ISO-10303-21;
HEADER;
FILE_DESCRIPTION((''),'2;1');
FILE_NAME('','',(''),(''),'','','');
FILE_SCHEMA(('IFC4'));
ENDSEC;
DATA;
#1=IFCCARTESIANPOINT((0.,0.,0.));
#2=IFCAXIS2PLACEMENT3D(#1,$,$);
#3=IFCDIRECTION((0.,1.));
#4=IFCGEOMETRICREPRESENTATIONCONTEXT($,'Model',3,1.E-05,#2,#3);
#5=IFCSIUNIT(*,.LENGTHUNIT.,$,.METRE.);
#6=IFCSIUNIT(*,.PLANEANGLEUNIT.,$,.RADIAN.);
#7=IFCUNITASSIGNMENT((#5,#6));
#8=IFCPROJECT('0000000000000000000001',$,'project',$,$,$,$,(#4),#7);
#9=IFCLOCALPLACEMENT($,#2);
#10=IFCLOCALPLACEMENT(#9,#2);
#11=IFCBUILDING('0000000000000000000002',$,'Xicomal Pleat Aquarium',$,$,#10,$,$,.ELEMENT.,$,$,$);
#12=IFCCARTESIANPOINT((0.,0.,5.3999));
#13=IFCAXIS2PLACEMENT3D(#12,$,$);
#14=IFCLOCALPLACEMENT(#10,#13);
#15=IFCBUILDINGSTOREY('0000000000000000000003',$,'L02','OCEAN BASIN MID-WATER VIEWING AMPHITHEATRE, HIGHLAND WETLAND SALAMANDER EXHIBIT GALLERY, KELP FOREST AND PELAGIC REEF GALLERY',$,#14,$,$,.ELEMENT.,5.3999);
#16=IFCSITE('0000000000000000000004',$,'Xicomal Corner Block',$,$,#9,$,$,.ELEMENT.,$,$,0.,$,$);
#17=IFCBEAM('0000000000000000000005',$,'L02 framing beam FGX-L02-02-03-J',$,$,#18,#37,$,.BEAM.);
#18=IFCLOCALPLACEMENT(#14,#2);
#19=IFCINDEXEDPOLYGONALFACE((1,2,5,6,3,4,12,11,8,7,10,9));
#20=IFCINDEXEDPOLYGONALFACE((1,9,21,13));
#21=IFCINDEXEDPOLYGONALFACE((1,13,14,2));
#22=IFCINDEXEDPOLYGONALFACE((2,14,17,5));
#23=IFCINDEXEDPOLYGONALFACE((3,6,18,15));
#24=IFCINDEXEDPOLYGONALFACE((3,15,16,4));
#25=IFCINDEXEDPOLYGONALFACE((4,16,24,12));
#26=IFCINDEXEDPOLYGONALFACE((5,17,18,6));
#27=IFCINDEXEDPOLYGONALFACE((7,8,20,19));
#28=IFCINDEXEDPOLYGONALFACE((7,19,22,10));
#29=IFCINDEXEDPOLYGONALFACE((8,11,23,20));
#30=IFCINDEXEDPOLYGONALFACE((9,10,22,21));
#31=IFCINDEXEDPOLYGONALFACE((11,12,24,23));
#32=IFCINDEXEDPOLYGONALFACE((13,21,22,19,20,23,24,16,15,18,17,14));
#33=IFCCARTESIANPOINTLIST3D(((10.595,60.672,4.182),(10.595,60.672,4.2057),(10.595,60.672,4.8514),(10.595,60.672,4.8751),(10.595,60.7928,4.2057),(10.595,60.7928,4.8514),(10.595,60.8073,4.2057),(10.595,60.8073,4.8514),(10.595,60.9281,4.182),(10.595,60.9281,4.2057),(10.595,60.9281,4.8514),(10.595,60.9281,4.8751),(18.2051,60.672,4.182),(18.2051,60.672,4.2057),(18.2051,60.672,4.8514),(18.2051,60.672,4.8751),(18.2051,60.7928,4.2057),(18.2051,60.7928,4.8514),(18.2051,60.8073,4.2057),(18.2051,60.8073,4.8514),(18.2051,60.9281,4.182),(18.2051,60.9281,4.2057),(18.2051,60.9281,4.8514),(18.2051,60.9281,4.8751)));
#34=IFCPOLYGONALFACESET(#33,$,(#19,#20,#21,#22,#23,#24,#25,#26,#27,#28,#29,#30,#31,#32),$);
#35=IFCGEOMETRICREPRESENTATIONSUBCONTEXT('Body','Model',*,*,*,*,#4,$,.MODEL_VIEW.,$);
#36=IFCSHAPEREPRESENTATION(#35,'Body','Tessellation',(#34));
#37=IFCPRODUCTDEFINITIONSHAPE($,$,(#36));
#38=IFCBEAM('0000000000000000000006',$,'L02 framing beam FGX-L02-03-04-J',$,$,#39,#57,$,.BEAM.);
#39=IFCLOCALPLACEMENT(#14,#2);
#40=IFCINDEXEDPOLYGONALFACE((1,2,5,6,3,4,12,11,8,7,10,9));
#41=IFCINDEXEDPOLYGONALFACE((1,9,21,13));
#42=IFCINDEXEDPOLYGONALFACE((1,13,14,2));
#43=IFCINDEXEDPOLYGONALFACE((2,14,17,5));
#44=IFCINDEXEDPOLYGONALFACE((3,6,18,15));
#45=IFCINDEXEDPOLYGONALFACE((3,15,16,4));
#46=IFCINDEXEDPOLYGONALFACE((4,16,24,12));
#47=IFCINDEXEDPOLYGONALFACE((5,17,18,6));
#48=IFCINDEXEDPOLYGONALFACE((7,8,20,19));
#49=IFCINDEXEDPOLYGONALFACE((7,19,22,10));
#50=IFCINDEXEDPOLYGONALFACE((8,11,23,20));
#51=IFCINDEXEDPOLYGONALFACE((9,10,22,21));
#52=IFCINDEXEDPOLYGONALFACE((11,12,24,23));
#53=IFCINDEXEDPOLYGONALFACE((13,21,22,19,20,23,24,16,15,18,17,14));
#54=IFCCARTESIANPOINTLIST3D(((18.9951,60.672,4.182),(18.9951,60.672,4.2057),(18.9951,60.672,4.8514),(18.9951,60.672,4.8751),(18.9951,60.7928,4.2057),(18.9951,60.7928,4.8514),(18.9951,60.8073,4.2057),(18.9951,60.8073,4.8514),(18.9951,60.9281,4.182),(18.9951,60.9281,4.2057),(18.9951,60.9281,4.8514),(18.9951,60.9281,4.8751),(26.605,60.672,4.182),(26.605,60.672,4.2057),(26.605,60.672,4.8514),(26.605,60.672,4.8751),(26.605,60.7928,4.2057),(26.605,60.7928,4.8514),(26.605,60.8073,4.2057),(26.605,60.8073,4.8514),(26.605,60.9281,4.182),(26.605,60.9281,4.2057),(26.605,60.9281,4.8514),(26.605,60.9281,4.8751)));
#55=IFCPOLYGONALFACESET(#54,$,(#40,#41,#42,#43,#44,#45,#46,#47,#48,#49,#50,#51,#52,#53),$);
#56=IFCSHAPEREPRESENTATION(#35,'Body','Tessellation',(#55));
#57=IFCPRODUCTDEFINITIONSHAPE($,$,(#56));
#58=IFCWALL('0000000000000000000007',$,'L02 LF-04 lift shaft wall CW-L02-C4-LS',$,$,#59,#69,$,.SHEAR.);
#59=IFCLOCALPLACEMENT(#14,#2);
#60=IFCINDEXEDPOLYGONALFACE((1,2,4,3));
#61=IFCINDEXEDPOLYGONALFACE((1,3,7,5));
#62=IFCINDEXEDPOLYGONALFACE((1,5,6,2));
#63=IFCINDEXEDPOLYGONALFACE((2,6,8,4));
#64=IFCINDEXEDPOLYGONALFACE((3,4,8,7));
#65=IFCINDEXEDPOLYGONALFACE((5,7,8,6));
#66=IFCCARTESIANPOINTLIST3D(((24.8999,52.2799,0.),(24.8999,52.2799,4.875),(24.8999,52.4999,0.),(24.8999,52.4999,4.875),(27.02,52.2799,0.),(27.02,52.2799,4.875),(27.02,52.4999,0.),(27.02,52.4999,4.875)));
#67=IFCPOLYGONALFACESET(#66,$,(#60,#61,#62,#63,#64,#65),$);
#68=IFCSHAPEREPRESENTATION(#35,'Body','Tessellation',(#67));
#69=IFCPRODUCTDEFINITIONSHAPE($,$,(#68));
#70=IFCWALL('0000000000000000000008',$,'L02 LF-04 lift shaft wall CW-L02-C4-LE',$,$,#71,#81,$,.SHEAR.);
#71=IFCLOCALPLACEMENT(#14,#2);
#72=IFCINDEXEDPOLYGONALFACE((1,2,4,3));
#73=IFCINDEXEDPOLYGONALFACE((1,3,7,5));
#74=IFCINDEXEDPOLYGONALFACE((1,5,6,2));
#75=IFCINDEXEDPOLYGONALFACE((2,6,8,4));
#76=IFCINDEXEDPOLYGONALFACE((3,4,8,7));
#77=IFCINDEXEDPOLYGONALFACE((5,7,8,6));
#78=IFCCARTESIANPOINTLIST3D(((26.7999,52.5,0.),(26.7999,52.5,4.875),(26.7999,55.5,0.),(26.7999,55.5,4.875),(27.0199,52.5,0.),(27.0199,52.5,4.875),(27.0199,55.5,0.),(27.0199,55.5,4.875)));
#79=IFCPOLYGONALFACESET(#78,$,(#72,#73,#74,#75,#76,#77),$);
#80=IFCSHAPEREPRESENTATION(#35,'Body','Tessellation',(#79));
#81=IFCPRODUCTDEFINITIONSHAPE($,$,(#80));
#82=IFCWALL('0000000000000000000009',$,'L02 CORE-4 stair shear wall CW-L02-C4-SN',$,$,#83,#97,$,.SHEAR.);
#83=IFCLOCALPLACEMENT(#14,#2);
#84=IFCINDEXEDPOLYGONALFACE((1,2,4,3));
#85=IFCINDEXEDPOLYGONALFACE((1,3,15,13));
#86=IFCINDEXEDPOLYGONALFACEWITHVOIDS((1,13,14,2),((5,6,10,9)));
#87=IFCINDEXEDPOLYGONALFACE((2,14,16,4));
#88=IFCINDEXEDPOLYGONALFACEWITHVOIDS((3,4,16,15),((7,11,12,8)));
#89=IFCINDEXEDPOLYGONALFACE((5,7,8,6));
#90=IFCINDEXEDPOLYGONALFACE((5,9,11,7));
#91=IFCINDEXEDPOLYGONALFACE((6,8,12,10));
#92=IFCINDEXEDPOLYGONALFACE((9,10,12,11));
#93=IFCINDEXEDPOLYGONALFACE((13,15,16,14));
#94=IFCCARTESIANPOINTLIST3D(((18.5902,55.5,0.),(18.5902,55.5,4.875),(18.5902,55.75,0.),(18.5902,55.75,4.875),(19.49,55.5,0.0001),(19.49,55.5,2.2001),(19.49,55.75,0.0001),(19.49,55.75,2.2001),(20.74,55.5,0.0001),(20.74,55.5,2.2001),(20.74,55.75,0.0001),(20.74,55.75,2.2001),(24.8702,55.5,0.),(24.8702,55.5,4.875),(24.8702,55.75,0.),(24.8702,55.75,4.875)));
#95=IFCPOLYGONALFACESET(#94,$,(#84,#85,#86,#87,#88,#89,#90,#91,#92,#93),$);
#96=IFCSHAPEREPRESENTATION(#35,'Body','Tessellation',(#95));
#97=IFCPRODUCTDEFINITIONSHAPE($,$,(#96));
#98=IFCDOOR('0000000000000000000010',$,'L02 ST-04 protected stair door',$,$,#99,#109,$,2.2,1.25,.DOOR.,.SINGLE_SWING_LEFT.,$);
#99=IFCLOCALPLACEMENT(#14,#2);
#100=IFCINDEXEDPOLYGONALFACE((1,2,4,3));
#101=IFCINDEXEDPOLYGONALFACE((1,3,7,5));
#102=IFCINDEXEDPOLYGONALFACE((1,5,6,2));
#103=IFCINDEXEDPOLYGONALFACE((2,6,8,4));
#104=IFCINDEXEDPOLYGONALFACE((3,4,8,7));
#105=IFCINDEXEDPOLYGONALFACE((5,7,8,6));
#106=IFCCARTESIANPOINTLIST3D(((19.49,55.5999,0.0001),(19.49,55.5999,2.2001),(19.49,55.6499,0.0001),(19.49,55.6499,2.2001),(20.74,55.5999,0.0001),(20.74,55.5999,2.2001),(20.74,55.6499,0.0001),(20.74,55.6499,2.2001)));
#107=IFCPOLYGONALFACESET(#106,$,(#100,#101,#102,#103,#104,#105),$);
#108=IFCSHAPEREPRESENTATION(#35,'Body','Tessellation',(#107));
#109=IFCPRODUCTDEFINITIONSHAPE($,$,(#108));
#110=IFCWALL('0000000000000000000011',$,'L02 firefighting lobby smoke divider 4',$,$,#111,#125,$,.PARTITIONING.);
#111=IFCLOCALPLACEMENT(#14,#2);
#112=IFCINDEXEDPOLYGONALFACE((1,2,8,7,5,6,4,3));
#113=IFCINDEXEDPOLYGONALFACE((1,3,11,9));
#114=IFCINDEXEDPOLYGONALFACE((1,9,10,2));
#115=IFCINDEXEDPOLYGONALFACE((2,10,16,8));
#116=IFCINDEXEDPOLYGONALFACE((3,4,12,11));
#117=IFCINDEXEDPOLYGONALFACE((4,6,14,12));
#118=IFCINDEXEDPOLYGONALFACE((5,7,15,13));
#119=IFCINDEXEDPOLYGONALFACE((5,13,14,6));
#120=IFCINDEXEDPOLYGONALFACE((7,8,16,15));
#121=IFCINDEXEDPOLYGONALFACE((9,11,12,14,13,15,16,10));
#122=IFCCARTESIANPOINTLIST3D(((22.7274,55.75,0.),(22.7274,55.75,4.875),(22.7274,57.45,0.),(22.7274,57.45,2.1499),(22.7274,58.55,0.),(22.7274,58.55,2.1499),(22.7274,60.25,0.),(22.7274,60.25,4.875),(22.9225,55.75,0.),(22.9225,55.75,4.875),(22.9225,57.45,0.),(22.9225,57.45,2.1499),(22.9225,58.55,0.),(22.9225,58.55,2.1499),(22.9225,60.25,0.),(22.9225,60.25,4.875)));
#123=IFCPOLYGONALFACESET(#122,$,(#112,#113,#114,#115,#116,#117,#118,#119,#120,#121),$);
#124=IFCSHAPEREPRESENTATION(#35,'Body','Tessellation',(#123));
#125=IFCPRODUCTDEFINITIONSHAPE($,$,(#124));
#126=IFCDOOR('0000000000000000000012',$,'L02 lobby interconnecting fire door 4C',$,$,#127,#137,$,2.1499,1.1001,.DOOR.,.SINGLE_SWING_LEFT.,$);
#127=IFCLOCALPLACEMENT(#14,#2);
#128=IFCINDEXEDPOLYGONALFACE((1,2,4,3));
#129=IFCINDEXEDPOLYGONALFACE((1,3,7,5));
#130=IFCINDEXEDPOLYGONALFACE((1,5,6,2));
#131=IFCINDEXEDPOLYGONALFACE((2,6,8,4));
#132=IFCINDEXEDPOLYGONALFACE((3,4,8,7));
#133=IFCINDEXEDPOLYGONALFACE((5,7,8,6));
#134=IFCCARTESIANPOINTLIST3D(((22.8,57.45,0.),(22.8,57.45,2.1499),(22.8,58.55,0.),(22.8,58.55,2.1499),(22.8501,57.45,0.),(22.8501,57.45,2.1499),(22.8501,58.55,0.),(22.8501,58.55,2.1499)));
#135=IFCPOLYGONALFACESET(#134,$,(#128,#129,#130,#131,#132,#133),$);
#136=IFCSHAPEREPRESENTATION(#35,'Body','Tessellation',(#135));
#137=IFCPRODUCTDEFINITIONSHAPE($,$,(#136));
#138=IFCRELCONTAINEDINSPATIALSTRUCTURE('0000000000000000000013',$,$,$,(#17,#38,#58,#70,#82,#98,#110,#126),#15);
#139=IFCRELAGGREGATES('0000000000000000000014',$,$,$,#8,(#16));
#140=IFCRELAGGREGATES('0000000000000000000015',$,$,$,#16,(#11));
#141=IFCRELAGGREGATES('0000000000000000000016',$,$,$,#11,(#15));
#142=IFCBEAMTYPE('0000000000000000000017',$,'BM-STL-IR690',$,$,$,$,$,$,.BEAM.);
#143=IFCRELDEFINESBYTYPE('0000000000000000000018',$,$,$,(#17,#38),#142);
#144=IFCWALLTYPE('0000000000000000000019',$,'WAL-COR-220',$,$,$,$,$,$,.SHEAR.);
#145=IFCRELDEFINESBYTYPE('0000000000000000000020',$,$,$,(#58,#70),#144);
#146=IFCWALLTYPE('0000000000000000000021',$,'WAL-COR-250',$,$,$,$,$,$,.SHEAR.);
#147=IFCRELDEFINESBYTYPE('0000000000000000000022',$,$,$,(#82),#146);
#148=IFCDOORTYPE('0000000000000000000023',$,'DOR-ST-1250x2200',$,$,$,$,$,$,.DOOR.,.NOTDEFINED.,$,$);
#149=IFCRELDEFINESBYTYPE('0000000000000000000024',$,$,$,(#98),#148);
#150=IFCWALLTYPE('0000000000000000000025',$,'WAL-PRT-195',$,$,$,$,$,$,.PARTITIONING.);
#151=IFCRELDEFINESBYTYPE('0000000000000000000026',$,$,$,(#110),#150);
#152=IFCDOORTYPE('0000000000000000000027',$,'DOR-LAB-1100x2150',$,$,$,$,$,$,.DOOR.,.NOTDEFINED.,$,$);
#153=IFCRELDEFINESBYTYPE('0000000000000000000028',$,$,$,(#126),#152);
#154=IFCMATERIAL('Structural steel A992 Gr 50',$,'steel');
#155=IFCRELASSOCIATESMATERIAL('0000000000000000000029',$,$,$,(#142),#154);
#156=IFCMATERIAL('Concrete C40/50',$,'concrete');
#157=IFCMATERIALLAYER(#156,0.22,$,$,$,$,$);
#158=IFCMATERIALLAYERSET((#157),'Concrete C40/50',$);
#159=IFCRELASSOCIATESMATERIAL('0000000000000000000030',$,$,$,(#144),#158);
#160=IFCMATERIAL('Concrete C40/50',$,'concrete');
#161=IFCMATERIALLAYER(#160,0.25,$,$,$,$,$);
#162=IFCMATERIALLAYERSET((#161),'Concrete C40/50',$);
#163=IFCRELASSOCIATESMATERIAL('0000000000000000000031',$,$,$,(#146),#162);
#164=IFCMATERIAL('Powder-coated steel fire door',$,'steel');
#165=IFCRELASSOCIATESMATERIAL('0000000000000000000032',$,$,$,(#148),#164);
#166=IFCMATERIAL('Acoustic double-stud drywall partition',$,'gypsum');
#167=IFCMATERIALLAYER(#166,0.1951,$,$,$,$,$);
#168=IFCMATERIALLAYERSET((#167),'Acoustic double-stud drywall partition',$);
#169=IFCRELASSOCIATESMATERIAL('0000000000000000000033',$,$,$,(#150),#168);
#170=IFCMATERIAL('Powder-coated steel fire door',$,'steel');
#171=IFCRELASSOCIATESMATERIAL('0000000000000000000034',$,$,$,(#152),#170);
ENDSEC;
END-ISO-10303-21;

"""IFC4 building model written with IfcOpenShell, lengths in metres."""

from ifc_helpers import new_model, si_unit, direction, frame, frame_2d, origin, origin_2d, place, context, subcontext, project, spatial, rectangle, i_section, extrude, material, layer, layer_set, material_profile, profile_set, type_object, element, fill, save


model = new_model("IFC4")

# Units and contexts
model_context = context("Model", 3, precision=1e-05, world=origin(), true_north=direction((0.0, 1.0)))
body_context = subcontext(model_context, "Body", "Model", "MODEL_VIEW")
ifc_project = project(units=[si_unit("LENGTHUNIT", "METRE"), si_unit("PLANEANGLEUNIT", "RADIAN")], contexts=[model_context])

# Site, building, storey
site_placement = place(None, origin())
site = spatial("IfcSite", under=ifc_project, at=site_placement, Name="Xicomal Corner Block", CompositionType="ELEMENT", RefElevation=0.0)
building_placement = place(site_placement, origin())
building = spatial("IfcBuilding", under=site, at=building_placement, Name="Xicomal Pleat Aquarium", CompositionType="ELEMENT")
storey_placement = place(building_placement, frame((0.0, 0.0, 5.3999)))
storey = spatial("IfcBuildingStorey", under=building, at=storey_placement, Name="L02", Description="OCEAN BASIN MID-WATER VIEWING AMPHITHEATRE, HIGHLAND WETLAND SALAMANDER EXHIBIT GALLERY, KELP FOREST AND PELAGIC REEF GALLERY", CompositionType="ELEMENT", Elevation=5.3999)

# Beams
ifc_material_1 = material(Name="Structural steel A992 Gr 50", Category="steel")
ifc_material_profile_1 = material_profile(ifc_material_1, i_section(OverallWidth=0.2561, OverallDepth=0.6931, WebThickness=0.0144, FlangeThickness=0.0237, at=origin_2d()), Name="IR 690x170")
ifc_profile_set_1 = profile_set([ifc_material_profile_1], Name="Structural steel A992 Gr 50")
beam_type_1 = type_object("IfcBeamType", Name="BM-STL-IR690", PredefinedType="BEAM", material=ifc_profile_set_1)
beam_1_placement = place(storey_placement, frame((10.595, 60.8, 4.5286), z_axis=(1.0, 0.0, 0.0), x_axis=(0.0, 1.0, 0.0)))
element("IfcBeam", 1, at=beam_1_placement, inside=storey, type_object=beam_type_1, Name="L02 framing beam FGX-L02-02-03-J", PredefinedType="BEAM", context=body_context, shape_type="SweptSolid", body=[
    extrude(i_section(OverallWidth=0.2561, OverallDepth=0.6931, WebThickness=0.0144, FlangeThickness=0.0237, at=origin_2d()), origin(), (0.0, 0.0, 1.0), 7.6101),
])
beam_2_placement = place(storey_placement, frame((18.9951, 60.8, 4.5286), z_axis=(1.0, 0.0, 0.0), x_axis=(0.0, 1.0, 0.0)))
element("IfcBeam", 2, at=beam_2_placement, inside=storey, type_object=beam_type_1, Name="L02 framing beam FGX-L02-03-04-J", PredefinedType="BEAM", context=body_context, shape_type="SweptSolid", body=[
    extrude(i_section(OverallWidth=0.2561, OverallDepth=0.6931, WebThickness=0.0144, FlangeThickness=0.0237, at=origin_2d()), origin(), (0.0, 0.0, 1.0), 7.6099),
])

# Wall
ifc_material_2 = material(Name="Concrete C40/50", Category="concrete")
ifc_layer_1 = layer(ifc_material_2, 0.22)
ifc_layer_set_1 = layer_set([ifc_layer_1], Name="Concrete C40/50")
wall_type_1 = type_object("IfcWallType", Name="WAL-COR-220", PredefinedType="SHEAR", material=ifc_layer_set_1)
wall_1_placement = place(storey_placement, frame((24.8999, 52.3899, 0.0), z_axis=(0.0, 0.0, 1.0), x_axis=(1.0, 0.0, 0.0)))
element("IfcWall", 3, at=wall_1_placement, inside=storey, type_object=wall_type_1, Name="L02 LF-04 lift shaft wall CW-L02-C4-LS", PredefinedType="SHEAR", context=body_context, shape_type="SweptSolid", body=[
    extrude(rectangle(XDim=2.1201, YDim=0.22, at=frame_2d((1.0601, 0.0))), origin(), (0.0, 0.0, 1.0), 4.875),
])

# Wall
wall_2_placement = place(storey_placement, frame((26.9099, 52.5, 0.0), z_axis=(0.0, 0.0, 1.0), x_axis=(0.0, 1.0, 0.0)))
element("IfcWall", 4, at=wall_2_placement, inside=storey, type_object=wall_type_1, Name="L02 LF-04 lift shaft wall CW-L02-C4-LE", PredefinedType="SHEAR", context=body_context, shape_type="SweptSolid", body=[
    extrude(rectangle(XDim=3.0, YDim=0.22, at=frame_2d((1.5, 0.0))), origin(), (0.0, 0.0, 1.0), 4.875),
])

# Walls, openings, doors
ifc_material_3 = material(Name="Concrete C40/50", Category="concrete")
ifc_layer_2 = layer(ifc_material_3, 0.25)
ifc_layer_set_2 = layer_set([ifc_layer_2], Name="Concrete C40/50")
wall_type_2 = type_object("IfcWallType", Name="WAL-COR-250", PredefinedType="SHEAR", material=ifc_layer_set_2)
wall_3_placement = place(storey_placement, frame((18.5901, 55.625, 0.0), z_axis=(0.0, 0.0, 1.0), x_axis=(1.0, 0.0, 0.0)))
wall_3 = element("IfcWall", 5, at=wall_3_placement, inside=storey, type_object=wall_type_2, Name="L02 CORE-4 stair shear wall CW-L02-C4-SN", PredefinedType="SHEAR", context=body_context, shape_type="SweptSolid", body=[
    extrude(rectangle(XDim=6.28, YDim=0.25, at=frame_2d((3.1401, 0.0))), origin(), (0.0, 0.0, 1.0), 4.875),
])
opening_1_placement = place(wall_3_placement, frame((0.8999, 0.0, 0.0)))
opening_1 = element("IfcOpeningElement", 6, at=opening_1_placement, cuts=wall_3, PredefinedType="OPENING", context=body_context, shape_type="SweptSolid", body=[
    extrude(rectangle(XDim=1.25, YDim=2.2, at=frame_2d((0.625, 1.1001))), frame((0.0, 0.135, 0.0), z_axis=(0.0, -1.0, 0.0), x_axis=(1.0, 0.0, 0.0)), (0.0, 0.0, 1.0), 0.27),
])
ifc_material_4 = material(Name="Powder-coated steel fire door", Category="steel")
door_type_1 = type_object("IfcDoorType", Name="DOR-ST-1250x2200", OperationType="NOTDEFINED", PredefinedType="DOOR", material=ifc_material_4)
door_1_placement = place(opening_1_placement, origin())
door_1 = element("IfcDoor", 7, at=door_1_placement, inside=storey, type_object=door_type_1, Name="L02 ST-04 protected stair door", OperationType="SINGLE_SWING_LEFT", OverallHeight=2.2, OverallWidth=1.25, PredefinedType="DOOR", context=body_context, shape_type="SweptSolid", body=[
    extrude(rectangle(XDim=1.25, YDim=2.2, at=frame_2d((0.625, 1.1001))), frame((0.0, 0.0249, 0.0), z_axis=(0.0, -1.0, 0.0), x_axis=(1.0, 0.0, 0.0)), (0.0, 0.0, 1.0), 0.05),
])
fill(opening_1, door_1)
ifc_material_5 = material(Name="Acoustic double-stud drywall partition", Category="gypsum")
ifc_layer_3 = layer(ifc_material_5, 0.1951)
ifc_layer_set_3 = layer_set([ifc_layer_3], Name="Acoustic double-stud drywall partition")
wall_type_3 = type_object("IfcWallType", Name="WAL-PRT-195", PredefinedType="PARTITIONING", material=ifc_layer_set_3)
wall_4_placement = place(storey_placement, frame((22.825, 55.75, 0.0), z_axis=(0.0, 0.0, 1.0), x_axis=(0.0, 1.0, 0.0)))
wall_4 = element("IfcWall", 8, at=wall_4_placement, inside=storey, type_object=wall_type_3, Name="L02 firefighting lobby smoke divider 4", PredefinedType="PARTITIONING", context=body_context, shape_type="SweptSolid", body=[
    extrude(rectangle(XDim=4.5, YDim=0.1951, at=frame_2d((2.25, 0.0))), origin(), (0.0, 0.0, 1.0), 4.875),
])
opening_2_placement = place(wall_4_placement, frame((1.7, 0.0, 0.0)))
opening_2 = element("IfcOpeningElement", 9, at=opening_2_placement, cuts=wall_4, PredefinedType="OPENING", context=body_context, shape_type="SweptSolid", body=[
    extrude(rectangle(XDim=1.1001, YDim=2.1499, at=frame_2d((0.55, 1.075))), frame((0.0, 0.1074, 0.0), z_axis=(0.0, -1.0, 0.0), x_axis=(1.0, 0.0, 0.0)), (0.0, 0.0, 1.0), 0.2151),
])
ifc_material_6 = material(Name="Powder-coated steel fire door", Category="steel")
door_type_2 = type_object("IfcDoorType", Name="DOR-LAB-1100x2150", OperationType="NOTDEFINED", PredefinedType="DOOR", material=ifc_material_6)
door_2_placement = place(opening_2_placement, origin())
door_2 = element("IfcDoor", 10, at=door_2_placement, inside=storey, type_object=door_type_2, Name="L02 lobby interconnecting fire door 4C", OperationType="SINGLE_SWING_LEFT", OverallHeight=2.1499, OverallWidth=1.1001, PredefinedType="DOOR", context=body_context, shape_type="SweptSolid", body=[
    extrude(rectangle(XDim=1.1001, YDim=2.1499, at=frame_2d((0.55, 1.075))), frame((0.0, 0.0249, 0.0), z_axis=(0.0, -1.0, 0.0), x_axis=(1.0, 0.0, 0.0)), (0.0, 0.0, 1.0), 0.05),
])
fill(opening_2, door_2)

save(model, "model.ifc")
